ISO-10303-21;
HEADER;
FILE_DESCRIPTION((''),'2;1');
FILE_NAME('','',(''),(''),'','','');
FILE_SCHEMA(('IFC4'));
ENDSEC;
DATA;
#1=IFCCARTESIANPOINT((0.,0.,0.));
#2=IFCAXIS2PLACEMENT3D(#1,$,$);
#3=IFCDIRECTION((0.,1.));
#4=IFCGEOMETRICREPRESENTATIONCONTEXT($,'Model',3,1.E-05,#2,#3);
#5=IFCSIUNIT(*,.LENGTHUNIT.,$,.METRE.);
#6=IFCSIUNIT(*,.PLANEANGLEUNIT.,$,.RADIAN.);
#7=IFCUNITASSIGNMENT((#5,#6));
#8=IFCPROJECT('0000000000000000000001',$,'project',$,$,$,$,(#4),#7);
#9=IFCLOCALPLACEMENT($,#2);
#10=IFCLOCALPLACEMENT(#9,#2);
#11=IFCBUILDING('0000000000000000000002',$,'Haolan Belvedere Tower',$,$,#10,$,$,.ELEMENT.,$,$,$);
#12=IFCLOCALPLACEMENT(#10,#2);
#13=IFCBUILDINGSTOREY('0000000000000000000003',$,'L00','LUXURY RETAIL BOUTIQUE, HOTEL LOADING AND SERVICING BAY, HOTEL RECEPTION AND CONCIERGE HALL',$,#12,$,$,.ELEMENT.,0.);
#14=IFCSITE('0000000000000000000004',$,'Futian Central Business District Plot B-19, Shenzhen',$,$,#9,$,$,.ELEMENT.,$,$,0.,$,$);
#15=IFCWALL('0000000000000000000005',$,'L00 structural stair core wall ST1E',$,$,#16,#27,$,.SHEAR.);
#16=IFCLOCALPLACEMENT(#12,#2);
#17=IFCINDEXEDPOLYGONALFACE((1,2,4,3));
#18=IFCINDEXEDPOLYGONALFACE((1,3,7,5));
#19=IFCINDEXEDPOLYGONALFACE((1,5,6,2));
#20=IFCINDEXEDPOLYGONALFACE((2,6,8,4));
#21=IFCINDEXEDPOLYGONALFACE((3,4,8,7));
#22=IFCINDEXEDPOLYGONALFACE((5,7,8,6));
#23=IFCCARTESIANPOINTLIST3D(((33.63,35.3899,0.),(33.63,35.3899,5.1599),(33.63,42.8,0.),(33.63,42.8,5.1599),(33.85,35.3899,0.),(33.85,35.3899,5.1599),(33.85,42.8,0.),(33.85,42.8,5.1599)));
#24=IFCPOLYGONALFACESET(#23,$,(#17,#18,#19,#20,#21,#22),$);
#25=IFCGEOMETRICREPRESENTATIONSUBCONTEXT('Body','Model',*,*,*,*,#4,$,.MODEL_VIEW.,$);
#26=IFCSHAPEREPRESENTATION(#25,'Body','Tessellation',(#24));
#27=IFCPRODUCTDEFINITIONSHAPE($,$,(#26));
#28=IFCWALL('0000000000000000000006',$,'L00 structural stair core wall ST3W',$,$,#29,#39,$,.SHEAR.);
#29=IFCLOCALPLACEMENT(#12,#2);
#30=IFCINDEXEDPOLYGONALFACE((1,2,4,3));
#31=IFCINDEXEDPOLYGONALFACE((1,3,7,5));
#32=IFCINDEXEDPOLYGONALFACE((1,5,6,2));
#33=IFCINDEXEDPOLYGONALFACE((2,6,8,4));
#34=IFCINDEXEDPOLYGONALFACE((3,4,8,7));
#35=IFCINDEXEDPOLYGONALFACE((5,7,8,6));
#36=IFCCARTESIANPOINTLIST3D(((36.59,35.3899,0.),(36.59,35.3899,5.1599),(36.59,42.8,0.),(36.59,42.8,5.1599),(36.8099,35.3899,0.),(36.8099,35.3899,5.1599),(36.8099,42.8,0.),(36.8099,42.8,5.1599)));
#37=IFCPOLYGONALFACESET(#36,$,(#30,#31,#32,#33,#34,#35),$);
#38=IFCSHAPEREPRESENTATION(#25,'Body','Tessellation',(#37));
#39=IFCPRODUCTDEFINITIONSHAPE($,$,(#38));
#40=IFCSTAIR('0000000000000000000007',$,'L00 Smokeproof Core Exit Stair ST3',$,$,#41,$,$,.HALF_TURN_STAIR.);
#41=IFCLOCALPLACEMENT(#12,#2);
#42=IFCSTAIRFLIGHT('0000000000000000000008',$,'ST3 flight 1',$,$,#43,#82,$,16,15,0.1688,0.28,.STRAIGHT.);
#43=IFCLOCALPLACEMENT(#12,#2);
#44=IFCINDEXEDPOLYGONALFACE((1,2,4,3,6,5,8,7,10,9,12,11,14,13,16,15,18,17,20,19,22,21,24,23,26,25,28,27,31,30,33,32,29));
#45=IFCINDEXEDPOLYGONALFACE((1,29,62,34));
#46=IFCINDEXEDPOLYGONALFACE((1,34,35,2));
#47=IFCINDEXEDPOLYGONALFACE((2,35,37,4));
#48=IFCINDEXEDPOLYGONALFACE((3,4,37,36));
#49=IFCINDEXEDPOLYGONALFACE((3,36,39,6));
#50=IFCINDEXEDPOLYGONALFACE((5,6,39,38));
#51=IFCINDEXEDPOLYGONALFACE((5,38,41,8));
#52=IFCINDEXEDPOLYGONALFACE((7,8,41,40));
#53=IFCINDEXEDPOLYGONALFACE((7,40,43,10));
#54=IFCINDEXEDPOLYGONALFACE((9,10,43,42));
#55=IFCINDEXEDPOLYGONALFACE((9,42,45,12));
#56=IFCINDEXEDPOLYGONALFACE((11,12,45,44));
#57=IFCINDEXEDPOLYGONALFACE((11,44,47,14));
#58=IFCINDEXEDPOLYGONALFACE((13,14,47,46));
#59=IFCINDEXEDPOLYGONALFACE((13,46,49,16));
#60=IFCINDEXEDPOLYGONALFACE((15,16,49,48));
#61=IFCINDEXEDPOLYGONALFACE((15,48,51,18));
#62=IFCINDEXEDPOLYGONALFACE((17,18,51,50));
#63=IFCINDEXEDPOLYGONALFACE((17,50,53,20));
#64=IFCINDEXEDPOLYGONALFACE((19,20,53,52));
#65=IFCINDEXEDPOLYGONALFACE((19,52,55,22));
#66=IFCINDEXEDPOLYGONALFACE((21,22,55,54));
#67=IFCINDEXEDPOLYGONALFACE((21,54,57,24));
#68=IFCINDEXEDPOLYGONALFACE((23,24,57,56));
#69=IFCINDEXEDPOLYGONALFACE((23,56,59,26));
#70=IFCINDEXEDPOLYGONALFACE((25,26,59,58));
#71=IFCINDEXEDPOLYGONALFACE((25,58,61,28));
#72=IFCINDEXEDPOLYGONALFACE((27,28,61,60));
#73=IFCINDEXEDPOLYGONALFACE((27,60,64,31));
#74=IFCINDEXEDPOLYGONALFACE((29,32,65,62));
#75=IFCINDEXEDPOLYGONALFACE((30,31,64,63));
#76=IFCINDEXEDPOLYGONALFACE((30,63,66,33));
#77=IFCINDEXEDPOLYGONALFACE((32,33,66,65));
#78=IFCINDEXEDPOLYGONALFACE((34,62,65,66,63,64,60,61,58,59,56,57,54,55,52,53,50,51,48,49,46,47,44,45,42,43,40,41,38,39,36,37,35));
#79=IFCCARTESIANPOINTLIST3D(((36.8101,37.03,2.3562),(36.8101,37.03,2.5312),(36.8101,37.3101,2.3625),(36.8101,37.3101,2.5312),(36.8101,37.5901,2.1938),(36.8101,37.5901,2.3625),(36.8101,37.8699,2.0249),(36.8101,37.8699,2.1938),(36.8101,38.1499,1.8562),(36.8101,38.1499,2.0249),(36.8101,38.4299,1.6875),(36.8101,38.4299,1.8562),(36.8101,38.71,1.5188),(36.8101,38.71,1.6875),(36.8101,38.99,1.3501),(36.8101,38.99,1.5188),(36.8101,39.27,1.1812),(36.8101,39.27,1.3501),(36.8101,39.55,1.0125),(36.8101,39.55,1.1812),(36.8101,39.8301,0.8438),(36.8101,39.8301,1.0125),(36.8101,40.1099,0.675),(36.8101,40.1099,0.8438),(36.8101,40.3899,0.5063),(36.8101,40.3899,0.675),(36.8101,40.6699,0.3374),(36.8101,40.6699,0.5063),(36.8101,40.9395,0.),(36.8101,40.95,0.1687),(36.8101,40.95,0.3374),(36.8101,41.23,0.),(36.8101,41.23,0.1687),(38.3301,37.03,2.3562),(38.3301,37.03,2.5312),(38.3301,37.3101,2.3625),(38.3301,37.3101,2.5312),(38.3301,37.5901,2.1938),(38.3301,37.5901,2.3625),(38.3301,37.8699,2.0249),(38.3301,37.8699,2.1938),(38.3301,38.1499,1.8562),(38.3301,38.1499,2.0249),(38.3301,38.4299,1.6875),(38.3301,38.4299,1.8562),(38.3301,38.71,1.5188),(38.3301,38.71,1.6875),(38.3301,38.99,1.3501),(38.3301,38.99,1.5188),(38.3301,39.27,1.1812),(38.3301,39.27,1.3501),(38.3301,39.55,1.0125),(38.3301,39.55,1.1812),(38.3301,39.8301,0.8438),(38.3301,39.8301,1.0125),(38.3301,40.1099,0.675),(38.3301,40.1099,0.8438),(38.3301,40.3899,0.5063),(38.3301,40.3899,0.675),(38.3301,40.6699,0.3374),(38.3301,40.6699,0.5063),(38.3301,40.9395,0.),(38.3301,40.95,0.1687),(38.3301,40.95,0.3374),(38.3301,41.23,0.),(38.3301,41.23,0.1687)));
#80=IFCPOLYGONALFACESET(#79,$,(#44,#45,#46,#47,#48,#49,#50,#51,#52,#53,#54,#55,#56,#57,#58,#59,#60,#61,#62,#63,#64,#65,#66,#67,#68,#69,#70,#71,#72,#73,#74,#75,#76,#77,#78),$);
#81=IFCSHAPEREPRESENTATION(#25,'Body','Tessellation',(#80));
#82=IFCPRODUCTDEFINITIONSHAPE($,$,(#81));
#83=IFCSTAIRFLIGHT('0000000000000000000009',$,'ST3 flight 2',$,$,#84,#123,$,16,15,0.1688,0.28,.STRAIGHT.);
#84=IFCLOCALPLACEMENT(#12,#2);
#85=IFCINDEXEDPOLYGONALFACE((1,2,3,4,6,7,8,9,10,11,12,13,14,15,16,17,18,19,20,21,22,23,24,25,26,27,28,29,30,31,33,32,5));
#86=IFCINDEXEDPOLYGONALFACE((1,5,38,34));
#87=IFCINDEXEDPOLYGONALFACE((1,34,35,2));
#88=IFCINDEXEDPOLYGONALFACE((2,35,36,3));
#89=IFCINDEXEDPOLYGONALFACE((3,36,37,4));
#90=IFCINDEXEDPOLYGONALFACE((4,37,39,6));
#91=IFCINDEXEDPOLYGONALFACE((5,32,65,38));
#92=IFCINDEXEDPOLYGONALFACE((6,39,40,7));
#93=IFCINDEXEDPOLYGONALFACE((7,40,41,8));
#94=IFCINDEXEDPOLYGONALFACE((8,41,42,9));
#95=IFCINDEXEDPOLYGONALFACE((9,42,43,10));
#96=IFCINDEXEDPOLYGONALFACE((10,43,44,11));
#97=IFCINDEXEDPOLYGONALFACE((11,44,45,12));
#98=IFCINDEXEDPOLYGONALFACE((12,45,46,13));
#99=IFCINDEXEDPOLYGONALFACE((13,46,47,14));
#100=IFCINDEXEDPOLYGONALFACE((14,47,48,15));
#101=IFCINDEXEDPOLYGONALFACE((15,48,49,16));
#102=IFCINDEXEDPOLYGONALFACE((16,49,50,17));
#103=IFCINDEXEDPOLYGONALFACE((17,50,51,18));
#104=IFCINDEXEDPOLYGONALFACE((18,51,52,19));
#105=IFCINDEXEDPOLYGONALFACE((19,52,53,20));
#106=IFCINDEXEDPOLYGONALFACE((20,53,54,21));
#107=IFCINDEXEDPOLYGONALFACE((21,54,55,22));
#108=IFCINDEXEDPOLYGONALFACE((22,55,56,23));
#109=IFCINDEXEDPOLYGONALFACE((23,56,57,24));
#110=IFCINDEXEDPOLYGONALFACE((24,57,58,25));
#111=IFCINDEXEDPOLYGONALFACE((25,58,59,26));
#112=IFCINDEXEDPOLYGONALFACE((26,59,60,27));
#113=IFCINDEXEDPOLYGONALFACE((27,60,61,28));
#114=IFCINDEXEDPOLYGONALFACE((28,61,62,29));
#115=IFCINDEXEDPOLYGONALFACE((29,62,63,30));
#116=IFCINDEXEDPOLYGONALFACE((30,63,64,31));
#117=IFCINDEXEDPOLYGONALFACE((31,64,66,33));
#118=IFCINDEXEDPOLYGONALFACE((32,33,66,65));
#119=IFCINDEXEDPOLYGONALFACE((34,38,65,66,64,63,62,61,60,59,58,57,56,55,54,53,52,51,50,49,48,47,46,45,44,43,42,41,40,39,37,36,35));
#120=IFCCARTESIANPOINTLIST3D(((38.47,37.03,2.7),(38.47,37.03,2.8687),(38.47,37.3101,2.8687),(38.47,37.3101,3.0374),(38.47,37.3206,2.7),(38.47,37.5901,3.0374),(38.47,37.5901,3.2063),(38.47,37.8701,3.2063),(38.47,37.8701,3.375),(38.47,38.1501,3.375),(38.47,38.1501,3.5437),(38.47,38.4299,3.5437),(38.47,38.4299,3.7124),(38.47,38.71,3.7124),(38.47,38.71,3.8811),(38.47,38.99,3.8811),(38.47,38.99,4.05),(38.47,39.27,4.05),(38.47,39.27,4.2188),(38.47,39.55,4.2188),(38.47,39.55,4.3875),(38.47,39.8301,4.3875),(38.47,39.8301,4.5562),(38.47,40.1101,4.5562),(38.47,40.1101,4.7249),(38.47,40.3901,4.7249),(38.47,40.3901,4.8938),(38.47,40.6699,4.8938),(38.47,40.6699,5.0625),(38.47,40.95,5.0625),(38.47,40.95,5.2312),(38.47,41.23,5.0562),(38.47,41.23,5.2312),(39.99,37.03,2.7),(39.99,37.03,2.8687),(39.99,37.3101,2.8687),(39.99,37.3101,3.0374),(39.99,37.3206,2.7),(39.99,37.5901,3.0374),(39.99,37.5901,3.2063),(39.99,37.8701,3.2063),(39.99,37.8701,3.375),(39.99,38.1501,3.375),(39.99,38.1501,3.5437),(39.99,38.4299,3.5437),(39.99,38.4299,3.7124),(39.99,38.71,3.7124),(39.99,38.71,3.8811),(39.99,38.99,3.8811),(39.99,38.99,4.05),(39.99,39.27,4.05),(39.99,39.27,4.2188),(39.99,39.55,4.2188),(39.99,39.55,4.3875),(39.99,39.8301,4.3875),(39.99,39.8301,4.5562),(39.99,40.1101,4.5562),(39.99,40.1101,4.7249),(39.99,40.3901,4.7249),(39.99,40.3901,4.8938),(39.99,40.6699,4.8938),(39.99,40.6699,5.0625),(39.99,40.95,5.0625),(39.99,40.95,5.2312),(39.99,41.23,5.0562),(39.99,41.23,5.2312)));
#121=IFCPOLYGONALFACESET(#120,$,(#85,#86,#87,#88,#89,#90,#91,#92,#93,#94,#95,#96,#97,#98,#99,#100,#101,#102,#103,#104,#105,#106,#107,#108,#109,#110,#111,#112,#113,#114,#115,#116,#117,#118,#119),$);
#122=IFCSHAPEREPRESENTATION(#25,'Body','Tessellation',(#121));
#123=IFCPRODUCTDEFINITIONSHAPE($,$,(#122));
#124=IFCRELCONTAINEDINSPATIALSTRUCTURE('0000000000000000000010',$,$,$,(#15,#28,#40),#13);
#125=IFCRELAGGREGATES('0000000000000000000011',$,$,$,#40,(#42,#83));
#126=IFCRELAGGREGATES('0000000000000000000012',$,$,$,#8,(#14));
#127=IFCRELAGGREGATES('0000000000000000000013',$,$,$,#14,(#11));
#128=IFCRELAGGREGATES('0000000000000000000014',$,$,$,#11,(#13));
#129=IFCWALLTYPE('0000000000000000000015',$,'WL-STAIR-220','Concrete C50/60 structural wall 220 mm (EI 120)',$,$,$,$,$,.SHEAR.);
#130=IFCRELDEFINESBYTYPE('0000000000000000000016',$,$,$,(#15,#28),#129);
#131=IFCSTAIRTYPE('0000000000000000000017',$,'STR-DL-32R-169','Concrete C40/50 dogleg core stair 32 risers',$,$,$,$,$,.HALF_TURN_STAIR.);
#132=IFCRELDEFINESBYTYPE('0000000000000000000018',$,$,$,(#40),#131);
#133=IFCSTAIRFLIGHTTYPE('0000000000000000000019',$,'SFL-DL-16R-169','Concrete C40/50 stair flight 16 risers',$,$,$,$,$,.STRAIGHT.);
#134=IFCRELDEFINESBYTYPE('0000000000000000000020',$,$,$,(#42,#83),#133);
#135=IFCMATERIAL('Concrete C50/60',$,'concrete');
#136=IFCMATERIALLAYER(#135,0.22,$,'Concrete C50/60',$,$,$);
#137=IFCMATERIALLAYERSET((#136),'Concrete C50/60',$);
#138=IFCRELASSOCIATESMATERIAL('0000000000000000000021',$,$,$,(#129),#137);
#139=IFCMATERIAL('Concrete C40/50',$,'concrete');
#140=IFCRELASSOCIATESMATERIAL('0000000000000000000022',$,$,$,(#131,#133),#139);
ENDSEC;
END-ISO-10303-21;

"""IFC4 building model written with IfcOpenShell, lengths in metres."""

from ifc_helpers import new_model, si_unit, direction, frame, frame_2d, origin, place, context, subcontext, project, spatial, polyline, rectangle, outline, extrude, material, layer, layer_set, type_object, element, aggregate, save


model = new_model("IFC4")

# Units and contexts
model_context = context("Model", 3, precision=1e-05, world=origin(), true_north=direction((0.0, 1.0)))
body_context = subcontext(model_context, "Body", "Model", "MODEL_VIEW")
ifc_project = project(units=[si_unit("LENGTHUNIT", "METRE"), si_unit("PLANEANGLEUNIT", "RADIAN")], contexts=[model_context])

# Site, building, storey
site_placement = place(None, origin())
site = spatial("IfcSite", under=ifc_project, at=site_placement, Name="Futian Central Business District Plot B-19, Shenzhen", CompositionType="ELEMENT", RefElevation=0.0)
building_placement = place(site_placement, origin())
building = spatial("IfcBuilding", under=site, at=building_placement, Name="Haolan Belvedere Tower", CompositionType="ELEMENT")
storey_placement = place(building_placement, origin())
storey = spatial("IfcBuildingStorey", under=building, at=storey_placement, Name="L00", Description="LUXURY RETAIL BOUTIQUE, HOTEL LOADING AND SERVICING BAY, HOTEL RECEPTION AND CONCIERGE HALL", CompositionType="ELEMENT", Elevation=0.0)

# Shared definitions
ifc_material_1 = material(Name="Concrete C50/60", Category="concrete")

# Walls
ifc_layer_1 = layer(ifc_material_1, 0.22, Name="Concrete C50/60")
ifc_layer_set_1 = layer_set([ifc_layer_1], Name="Concrete C50/60")
wall_type_1 = type_object("IfcWallType", Name="WL-STAIR-220", Description="Concrete C50/60 structural wall 220 mm (EI 120)", PredefinedType="SHEAR", material=ifc_layer_set_1)
for number, where, z_axis, x_axis, name in (
    (1, (33.74, 35.3899, 0.0), (0.0, 0.0, 1.0), (0.0, 1.0, 0.0), "L00 structural stair core wall ST1E"),
    (2, (36.7, 35.3899, 0.0), (0.0, 0.0, 1.0), (0.0, 1.0, 0.0), "L00 structural stair core wall ST3W"),
):
    element("IfcWall", number, at=place(storey_placement, frame(where, z_axis=z_axis, x_axis=x_axis)), inside=storey, type_object=wall_type_1, Name=name, PredefinedType="SHEAR", context=body_context, shape_type="SweptSolid", body=[
        extrude(rectangle(XDim=7.4102, YDim=0.22, at=frame_2d((3.7051, 0.0))), origin(), (0.0, 0.0, 1.0), 5.1599),
    ])

# Stair, stair flights
ifc_material_2 = material(Name="Concrete C40/50", Category="concrete")
stair_type = type_object("IfcStairType", Name="STR-DL-32R-169", Description="Concrete C40/50 dogleg core stair 32 risers", PredefinedType="HALF_TURN_STAIR", material=ifc_material_2)
stair_placement = place(storey_placement, origin())
stair = element("IfcStair", 3, at=stair_placement, inside=storey, type_object=stair_type, Name="L00 Smokeproof Core Exit Stair ST3", PredefinedType="HALF_TURN_STAIR")
stair_flight_type = type_object("IfcStairFlightType", Name="SFL-DL-16R-169", Description="Concrete C40/50 stair flight 16 risers", PredefinedType="STRAIGHT", material=ifc_material_2)
stair_flight_1_placement = place(storey_placement, frame((37.5701, 41.23, 0.0), z_axis=(0.0, 0.0, 1.0), x_axis=(0.0, -1.0, 0.0)))
stair_flight_1 = element("IfcStairFlight", 4, at=stair_flight_1_placement, type_object=stair_flight_type, Name="ST3 flight 1", NumberOfRisers=16, NumberOfTreads=15, PredefinedType="STRAIGHT", RiserHeight=0.1688, TreadLength=0.28, context=body_context, shape_type="SweptSolid", body=[
    extrude(outline(polyline([(0.0, 0.0), (0.0, 0.1687), (0.28, 0.1687), (0.28, 0.3374), (0.5601, 0.3374), (0.5601, 0.5063), (0.8401, 0.5063), (0.8401, 0.675), (1.1201, 0.675), (1.1201, 0.8438), (1.3999, 0.8438), (1.3999, 1.0125), (1.6799, 1.0125), (1.6799, 1.1812), (1.96, 1.1812), (1.96, 1.3501), (2.24, 1.3501), (2.24, 1.5188), (2.52, 1.5188), (2.52, 1.6875), (2.8, 1.6875), (2.8, 1.8562), (3.0801, 1.8562), (3.0801, 2.0249), (3.3601, 2.0249), (3.3601, 2.1938), (3.6399, 2.1938), (3.6399, 2.3625), (3.9199, 2.3625), (3.9199, 2.5312), (4.2, 2.5312), (4.2, 2.7), (4.2, 2.3562), (0.2905, 0.0), (0.0, 0.0)])), frame((0.0, 0.76, 0.0), z_axis=(0.0, -1.0, 0.0), x_axis=(1.0, 0.0, 0.0)), (0.0, 0.0, 1.0), 1.52),
])
stair_flight_2_placement = place(storey_placement, frame((39.23, 37.03, 2.7), z_axis=(0.0, 0.0, 1.0), x_axis=(0.0, 1.0, 0.0)))
stair_flight_2 = element("IfcStairFlight", 5, at=stair_flight_2_placement, type_object=stair_flight_type, Name="ST3 flight 2", NumberOfRisers=16, NumberOfTreads=15, PredefinedType="STRAIGHT", RiserHeight=0.1688, TreadLength=0.28, context=body_context, shape_type="SweptSolid", body=[
    extrude(outline(polyline([(0.0, 0.0), (0.0, 0.1687), (0.28, 0.1687), (0.28, 0.3374), (0.5601, 0.3374), (0.5601, 0.5063), (0.8401, 0.5063), (0.8401, 0.675), (1.1201, 0.675), (1.1201, 0.8438), (1.3999, 0.8438), (1.3999, 1.0125), (1.6799, 1.0125), (1.6799, 1.1812), (1.96, 1.1812), (1.96, 1.3501), (2.24, 1.3501), (2.24, 1.5188), (2.52, 1.5188), (2.52, 1.6875), (2.8, 1.6875), (2.8, 1.8562), (3.0801, 1.8562), (3.0801, 2.0249), (3.3601, 2.0249), (3.3601, 2.1938), (3.6399, 2.1938), (3.6399, 2.3625), (3.9199, 2.3625), (3.9199, 2.5312), (4.2, 2.5312), (4.2, 2.7), (4.2, 2.3562), (0.2905, 0.0), (0.0, 0.0)])), frame((0.0, 0.76, 0.0), z_axis=(0.0, -1.0, 0.0), x_axis=(1.0, 0.0, 0.0)), (0.0, 0.0, 1.0), 1.52),
])
aggregate(stair, [stair_flight_1, stair_flight_2])

save(model, "model.ifc")
